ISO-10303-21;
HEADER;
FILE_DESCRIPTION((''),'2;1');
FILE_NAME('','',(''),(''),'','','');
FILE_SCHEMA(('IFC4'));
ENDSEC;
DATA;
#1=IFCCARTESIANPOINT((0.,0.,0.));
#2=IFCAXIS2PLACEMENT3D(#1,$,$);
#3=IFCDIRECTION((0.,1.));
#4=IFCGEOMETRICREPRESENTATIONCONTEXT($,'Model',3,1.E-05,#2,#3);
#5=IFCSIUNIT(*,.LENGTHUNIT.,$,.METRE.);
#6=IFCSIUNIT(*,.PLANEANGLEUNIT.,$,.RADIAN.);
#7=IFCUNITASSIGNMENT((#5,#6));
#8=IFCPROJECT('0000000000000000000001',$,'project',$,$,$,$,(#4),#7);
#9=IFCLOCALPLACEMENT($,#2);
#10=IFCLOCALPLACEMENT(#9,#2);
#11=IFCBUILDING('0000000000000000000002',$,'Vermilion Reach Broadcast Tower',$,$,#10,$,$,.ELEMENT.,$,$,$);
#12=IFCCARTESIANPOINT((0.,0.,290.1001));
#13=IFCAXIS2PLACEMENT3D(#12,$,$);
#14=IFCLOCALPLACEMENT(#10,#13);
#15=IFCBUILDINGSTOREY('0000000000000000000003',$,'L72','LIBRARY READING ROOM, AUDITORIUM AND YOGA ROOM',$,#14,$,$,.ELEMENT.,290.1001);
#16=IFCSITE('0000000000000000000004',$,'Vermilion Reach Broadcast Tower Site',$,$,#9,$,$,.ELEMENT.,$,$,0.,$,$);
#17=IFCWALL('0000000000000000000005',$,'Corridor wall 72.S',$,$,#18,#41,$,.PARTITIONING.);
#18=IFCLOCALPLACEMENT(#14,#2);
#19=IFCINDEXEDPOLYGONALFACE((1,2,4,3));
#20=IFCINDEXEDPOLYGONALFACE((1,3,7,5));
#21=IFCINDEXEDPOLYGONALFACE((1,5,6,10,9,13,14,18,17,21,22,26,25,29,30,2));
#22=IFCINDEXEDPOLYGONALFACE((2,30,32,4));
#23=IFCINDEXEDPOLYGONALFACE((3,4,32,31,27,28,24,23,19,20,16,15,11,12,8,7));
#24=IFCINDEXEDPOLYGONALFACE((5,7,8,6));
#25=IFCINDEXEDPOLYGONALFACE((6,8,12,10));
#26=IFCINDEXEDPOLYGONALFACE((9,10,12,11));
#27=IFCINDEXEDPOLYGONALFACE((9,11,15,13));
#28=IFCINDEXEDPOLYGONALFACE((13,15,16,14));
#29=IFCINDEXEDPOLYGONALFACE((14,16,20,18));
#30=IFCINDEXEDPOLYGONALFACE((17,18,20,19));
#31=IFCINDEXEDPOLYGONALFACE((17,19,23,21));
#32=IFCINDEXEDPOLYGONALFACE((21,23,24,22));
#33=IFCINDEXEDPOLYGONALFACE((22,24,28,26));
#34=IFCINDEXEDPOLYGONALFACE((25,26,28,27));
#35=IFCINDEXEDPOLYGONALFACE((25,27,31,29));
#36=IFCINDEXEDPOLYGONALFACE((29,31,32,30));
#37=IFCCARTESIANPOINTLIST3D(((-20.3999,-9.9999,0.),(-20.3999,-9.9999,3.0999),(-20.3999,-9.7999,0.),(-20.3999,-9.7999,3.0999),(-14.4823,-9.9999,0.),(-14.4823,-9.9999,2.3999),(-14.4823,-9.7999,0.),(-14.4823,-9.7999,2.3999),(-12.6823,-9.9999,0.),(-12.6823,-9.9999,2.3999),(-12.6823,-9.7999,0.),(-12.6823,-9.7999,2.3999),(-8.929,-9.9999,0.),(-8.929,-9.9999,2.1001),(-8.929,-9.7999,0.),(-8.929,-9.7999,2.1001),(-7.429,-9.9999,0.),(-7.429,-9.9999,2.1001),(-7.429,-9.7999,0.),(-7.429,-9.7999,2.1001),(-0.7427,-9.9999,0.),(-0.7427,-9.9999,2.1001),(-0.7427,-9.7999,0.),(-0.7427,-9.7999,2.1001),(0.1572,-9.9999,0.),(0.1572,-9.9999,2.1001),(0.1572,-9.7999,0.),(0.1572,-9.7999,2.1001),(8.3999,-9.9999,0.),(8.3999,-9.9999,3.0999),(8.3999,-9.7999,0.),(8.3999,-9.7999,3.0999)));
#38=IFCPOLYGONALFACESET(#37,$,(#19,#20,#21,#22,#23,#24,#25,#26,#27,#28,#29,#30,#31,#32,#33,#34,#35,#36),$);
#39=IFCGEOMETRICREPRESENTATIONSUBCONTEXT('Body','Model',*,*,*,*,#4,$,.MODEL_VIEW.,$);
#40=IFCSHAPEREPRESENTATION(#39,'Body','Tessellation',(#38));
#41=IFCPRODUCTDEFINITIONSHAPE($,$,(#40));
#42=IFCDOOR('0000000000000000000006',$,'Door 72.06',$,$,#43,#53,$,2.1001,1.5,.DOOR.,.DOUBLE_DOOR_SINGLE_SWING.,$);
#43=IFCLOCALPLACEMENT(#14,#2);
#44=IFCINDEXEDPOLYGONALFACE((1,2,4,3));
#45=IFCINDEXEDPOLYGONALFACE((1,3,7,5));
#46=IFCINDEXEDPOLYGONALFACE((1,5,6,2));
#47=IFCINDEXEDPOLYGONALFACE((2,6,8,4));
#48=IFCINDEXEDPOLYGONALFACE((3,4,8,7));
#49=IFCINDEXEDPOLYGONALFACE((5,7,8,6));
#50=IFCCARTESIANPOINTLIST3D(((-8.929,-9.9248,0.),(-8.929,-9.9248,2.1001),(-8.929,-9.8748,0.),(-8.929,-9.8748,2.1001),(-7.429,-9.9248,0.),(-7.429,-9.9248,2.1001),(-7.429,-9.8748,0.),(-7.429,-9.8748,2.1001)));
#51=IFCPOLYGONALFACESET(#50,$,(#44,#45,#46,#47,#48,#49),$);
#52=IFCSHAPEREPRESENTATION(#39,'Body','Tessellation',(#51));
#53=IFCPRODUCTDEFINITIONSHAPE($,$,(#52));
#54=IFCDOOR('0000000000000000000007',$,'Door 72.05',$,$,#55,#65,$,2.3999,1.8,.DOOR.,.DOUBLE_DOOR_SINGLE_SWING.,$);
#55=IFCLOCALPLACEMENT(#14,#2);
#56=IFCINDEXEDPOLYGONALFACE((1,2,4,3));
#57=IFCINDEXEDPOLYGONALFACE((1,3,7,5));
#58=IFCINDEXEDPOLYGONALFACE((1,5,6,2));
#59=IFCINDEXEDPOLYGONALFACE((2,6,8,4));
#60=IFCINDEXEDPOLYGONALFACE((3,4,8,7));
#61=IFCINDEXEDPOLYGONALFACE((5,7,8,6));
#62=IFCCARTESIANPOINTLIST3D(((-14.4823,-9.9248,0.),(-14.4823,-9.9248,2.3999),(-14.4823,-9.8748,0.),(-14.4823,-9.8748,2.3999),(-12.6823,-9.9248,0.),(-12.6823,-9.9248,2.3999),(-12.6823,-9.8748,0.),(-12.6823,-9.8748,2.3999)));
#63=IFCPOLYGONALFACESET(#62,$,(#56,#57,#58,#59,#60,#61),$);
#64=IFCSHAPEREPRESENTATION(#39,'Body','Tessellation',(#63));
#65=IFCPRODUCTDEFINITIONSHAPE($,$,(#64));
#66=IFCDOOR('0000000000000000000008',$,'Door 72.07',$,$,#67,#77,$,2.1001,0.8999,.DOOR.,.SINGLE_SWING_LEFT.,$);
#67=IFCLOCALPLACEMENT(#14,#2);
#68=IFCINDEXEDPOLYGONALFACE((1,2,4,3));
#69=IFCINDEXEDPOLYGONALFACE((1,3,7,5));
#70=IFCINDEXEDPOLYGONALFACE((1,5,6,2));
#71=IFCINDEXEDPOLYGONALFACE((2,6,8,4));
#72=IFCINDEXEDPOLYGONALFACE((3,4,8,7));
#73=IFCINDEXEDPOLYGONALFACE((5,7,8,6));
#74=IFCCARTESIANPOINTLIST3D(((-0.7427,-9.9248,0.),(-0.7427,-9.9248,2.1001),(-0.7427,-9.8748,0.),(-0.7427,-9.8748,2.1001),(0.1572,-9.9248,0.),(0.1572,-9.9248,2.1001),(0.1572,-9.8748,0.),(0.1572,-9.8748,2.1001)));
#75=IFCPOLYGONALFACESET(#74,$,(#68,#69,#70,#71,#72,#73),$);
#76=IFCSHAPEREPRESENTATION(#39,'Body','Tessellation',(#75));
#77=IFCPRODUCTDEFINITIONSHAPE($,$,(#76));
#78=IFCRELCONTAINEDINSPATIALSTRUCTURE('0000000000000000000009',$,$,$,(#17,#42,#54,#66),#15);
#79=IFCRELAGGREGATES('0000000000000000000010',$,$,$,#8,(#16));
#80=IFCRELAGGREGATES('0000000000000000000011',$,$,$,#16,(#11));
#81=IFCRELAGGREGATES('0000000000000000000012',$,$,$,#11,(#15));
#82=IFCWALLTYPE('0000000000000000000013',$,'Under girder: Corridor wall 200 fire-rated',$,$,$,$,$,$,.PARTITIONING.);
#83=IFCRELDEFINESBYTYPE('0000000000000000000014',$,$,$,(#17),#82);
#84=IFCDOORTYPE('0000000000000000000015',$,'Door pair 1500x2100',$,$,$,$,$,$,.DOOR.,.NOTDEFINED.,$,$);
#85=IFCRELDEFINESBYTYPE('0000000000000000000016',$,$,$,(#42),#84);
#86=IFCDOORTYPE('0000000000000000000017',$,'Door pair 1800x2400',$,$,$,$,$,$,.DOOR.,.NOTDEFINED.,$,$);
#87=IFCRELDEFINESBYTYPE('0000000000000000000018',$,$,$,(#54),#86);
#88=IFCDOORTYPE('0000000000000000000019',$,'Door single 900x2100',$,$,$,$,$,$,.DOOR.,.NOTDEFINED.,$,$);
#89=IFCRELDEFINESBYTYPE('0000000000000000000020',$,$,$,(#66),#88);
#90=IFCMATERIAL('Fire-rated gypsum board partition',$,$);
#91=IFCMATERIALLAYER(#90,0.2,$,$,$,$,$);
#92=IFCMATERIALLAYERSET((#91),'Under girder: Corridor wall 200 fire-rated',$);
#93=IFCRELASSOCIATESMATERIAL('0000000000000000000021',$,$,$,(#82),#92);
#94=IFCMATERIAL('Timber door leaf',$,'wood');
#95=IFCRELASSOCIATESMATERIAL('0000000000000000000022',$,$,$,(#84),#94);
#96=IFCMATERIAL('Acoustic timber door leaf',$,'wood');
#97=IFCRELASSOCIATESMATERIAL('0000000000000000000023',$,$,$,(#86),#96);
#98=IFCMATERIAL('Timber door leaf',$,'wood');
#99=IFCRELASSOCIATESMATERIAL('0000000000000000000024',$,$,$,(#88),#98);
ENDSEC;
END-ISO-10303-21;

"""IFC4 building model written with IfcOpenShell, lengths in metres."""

from ifc_helpers import new_model, si_unit, direction, frame, frame_2d, origin, place, context, subcontext, project, spatial, rectangle, extrude, material, layer, layer_set, type_object, element, fill, save


model = new_model("IFC4")

# Units and contexts
model_context = context("Model", 3, precision=1e-05, world=origin(), true_north=direction((0.0, 1.0)))
body_context = subcontext(model_context, "Body", "Model", "MODEL_VIEW")
ifc_project = project(units=[si_unit("LENGTHUNIT", "METRE"), si_unit("PLANEANGLEUNIT", "RADIAN")], contexts=[model_context])

# Site, building, storey
site_placement = place(None, origin())
site = spatial("IfcSite", under=ifc_project, at=site_placement, Name="Vermilion Reach Broadcast Tower Site", CompositionType="ELEMENT", RefElevation=0.0)
building_placement = place(site_placement, origin())
building = spatial("IfcBuilding", under=site, at=building_placement, Name="Vermilion Reach Broadcast Tower", CompositionType="ELEMENT")
storey_placement = place(building_placement, frame((0.0, 0.0, 290.1001)))
storey = spatial("IfcBuildingStorey", under=building, at=storey_placement, Name="L72", Description="LIBRARY READING ROOM, AUDITORIUM AND YOGA ROOM", CompositionType="ELEMENT", Elevation=290.1001)

# Wall, openings, doors
ifc_material_1 = material(Name="Fire-rated gypsum board partition")
ifc_layer_1 = layer(ifc_material_1, 0.2)
ifc_layer_set_1 = layer_set([ifc_layer_1], Name="Under girder: Corridor wall 200 fire-rated")
wall_type_1 = type_object("IfcWallType", Name="Under girder: Corridor wall 200 fire-rated", PredefinedType="PARTITIONING", material=ifc_layer_set_1)
wall_1_placement = place(storey_placement, frame((8.3999, -9.8999, 0.0), z_axis=(0.0, 0.0, 1.0), x_axis=(-1.0, 0.0, 0.0)))
wall_1 = element("IfcWall", 1, at=wall_1_placement, inside=storey, type_object=wall_type_1, Name="Corridor wall 72.S", PredefinedType="PARTITIONING", context=body_context, shape_type="SweptSolid", body=[
    extrude(rectangle(XDim=28.7998, YDim=0.2, at=frame_2d((14.3999, 0.0))), origin(), (0.0, 0.0, 1.0), 3.0999),
])
opening_1_placement = place(wall_1_placement, frame((21.0823, 0.0, 0.0)))
opening_1 = element("IfcOpeningElement", 2, at=opening_1_placement, cuts=wall_1, PredefinedType="OPENING", context=body_context, shape_type="SweptSolid", body=[
    extrude(rectangle(XDim=1.8, YDim=2.3999, at=frame_2d((0.8999, 1.2))), frame((0.0, 0.1099, 0.0), z_axis=(0.0, -1.0, 0.0), x_axis=(1.0, 0.0, 0.0)), (0.0, 0.0, 1.0), 0.22),
])
opening_2_placement = place(wall_1_placement, frame((15.8289, 0.0, 0.0)))
opening_2 = element("IfcOpeningElement", 3, at=opening_2_placement, cuts=wall_1, PredefinedType="OPENING", context=body_context, shape_type="SweptSolid", body=[
    extrude(rectangle(XDim=1.5, YDim=2.1001, at=frame_2d((0.75, 1.05))), frame((0.0, 0.1099, 0.0), z_axis=(0.0, -1.0, 0.0), x_axis=(1.0, 0.0, 0.0)), (0.0, 0.0, 1.0), 0.22),
])
opening_3_placement = place(wall_1_placement, frame((8.2427, 0.0, 0.0)))
opening_3 = element("IfcOpeningElement", 4, at=opening_3_placement, cuts=wall_1, PredefinedType="OPENING", context=body_context, shape_type="SweptSolid", body=[
    extrude(rectangle(XDim=0.8999, YDim=2.1001, at=frame_2d((0.45, 1.05))), frame((0.0, 0.1099, 0.0), z_axis=(0.0, -1.0, 0.0), x_axis=(1.0, 0.0, 0.0)), (0.0, 0.0, 1.0), 0.22),
])
ifc_material_2 = material(Name="Timber door leaf", Category="wood")
door_type_1 = type_object("IfcDoorType", Name="Door pair 1500x2100", OperationType="NOTDEFINED", PredefinedType="DOOR", material=ifc_material_2)
door_1_placement = place(opening_2_placement, origin())
door_1 = element("IfcDoor", 5, at=door_1_placement, inside=storey, type_object=door_type_1, Name="Door 72.06", OperationType="DOUBLE_DOOR_SINGLE_SWING", OverallHeight=2.1001, OverallWidth=1.5, PredefinedType="DOOR", context=body_context, shape_type="SweptSolid", body=[
    extrude(rectangle(XDim=1.5, YDim=2.1001, at=frame_2d((0.75, 1.05))), frame((0.0, 0.0249, 0.0), z_axis=(0.0, -1.0, 0.0), x_axis=(1.0, 0.0, 0.0)), (0.0, 0.0, 1.0), 0.05),
])
fill(opening_2, door_1)
ifc_material_3 = material(Name="Acoustic timber door leaf", Category="wood")
door_type_2 = type_object("IfcDoorType", Name="Door pair 1800x2400", OperationType="NOTDEFINED", PredefinedType="DOOR", material=ifc_material_3)
door_2_placement = place(opening_1_placement, origin())
door_2 = element("IfcDoor", 6, at=door_2_placement, inside=storey, type_object=door_type_2, Name="Door 72.05", OperationType="DOUBLE_DOOR_SINGLE_SWING", OverallHeight=2.3999, OverallWidth=1.8, PredefinedType="DOOR", context=body_context, shape_type="SweptSolid", body=[
    extrude(rectangle(XDim=1.8, YDim=2.3999, at=frame_2d((0.8999, 1.2))), frame((0.0, 0.0249, 0.0), z_axis=(0.0, -1.0, 0.0), x_axis=(1.0, 0.0, 0.0)), (0.0, 0.0, 1.0), 0.05),
])
fill(opening_1, door_2)
ifc_material_4 = material(Name="Timber door leaf", Category="wood")
door_type_3 = type_object("IfcDoorType", Name="Door single 900x2100", OperationType="NOTDEFINED", PredefinedType="DOOR", material=ifc_material_4)
door_3_placement = place(opening_3_placement, origin())
door_3 = element("IfcDoor", 7, at=door_3_placement, inside=storey, type_object=door_type_3, Name="Door 72.07", OperationType="SINGLE_SWING_LEFT", OverallHeight=2.1001, OverallWidth=0.8999, PredefinedType="DOOR", context=body_context, shape_type="SweptSolid", body=[
    extrude(rectangle(XDim=0.8999, YDim=2.1001, at=frame_2d((0.45, 1.05))), frame((0.0, 0.0249, 0.0), z_axis=(0.0, -1.0, 0.0), x_axis=(1.0, 0.0, 0.0)), (0.0, 0.0, 1.0), 0.05),
])
fill(opening_3, door_3)

save(model, "model.ifc")
